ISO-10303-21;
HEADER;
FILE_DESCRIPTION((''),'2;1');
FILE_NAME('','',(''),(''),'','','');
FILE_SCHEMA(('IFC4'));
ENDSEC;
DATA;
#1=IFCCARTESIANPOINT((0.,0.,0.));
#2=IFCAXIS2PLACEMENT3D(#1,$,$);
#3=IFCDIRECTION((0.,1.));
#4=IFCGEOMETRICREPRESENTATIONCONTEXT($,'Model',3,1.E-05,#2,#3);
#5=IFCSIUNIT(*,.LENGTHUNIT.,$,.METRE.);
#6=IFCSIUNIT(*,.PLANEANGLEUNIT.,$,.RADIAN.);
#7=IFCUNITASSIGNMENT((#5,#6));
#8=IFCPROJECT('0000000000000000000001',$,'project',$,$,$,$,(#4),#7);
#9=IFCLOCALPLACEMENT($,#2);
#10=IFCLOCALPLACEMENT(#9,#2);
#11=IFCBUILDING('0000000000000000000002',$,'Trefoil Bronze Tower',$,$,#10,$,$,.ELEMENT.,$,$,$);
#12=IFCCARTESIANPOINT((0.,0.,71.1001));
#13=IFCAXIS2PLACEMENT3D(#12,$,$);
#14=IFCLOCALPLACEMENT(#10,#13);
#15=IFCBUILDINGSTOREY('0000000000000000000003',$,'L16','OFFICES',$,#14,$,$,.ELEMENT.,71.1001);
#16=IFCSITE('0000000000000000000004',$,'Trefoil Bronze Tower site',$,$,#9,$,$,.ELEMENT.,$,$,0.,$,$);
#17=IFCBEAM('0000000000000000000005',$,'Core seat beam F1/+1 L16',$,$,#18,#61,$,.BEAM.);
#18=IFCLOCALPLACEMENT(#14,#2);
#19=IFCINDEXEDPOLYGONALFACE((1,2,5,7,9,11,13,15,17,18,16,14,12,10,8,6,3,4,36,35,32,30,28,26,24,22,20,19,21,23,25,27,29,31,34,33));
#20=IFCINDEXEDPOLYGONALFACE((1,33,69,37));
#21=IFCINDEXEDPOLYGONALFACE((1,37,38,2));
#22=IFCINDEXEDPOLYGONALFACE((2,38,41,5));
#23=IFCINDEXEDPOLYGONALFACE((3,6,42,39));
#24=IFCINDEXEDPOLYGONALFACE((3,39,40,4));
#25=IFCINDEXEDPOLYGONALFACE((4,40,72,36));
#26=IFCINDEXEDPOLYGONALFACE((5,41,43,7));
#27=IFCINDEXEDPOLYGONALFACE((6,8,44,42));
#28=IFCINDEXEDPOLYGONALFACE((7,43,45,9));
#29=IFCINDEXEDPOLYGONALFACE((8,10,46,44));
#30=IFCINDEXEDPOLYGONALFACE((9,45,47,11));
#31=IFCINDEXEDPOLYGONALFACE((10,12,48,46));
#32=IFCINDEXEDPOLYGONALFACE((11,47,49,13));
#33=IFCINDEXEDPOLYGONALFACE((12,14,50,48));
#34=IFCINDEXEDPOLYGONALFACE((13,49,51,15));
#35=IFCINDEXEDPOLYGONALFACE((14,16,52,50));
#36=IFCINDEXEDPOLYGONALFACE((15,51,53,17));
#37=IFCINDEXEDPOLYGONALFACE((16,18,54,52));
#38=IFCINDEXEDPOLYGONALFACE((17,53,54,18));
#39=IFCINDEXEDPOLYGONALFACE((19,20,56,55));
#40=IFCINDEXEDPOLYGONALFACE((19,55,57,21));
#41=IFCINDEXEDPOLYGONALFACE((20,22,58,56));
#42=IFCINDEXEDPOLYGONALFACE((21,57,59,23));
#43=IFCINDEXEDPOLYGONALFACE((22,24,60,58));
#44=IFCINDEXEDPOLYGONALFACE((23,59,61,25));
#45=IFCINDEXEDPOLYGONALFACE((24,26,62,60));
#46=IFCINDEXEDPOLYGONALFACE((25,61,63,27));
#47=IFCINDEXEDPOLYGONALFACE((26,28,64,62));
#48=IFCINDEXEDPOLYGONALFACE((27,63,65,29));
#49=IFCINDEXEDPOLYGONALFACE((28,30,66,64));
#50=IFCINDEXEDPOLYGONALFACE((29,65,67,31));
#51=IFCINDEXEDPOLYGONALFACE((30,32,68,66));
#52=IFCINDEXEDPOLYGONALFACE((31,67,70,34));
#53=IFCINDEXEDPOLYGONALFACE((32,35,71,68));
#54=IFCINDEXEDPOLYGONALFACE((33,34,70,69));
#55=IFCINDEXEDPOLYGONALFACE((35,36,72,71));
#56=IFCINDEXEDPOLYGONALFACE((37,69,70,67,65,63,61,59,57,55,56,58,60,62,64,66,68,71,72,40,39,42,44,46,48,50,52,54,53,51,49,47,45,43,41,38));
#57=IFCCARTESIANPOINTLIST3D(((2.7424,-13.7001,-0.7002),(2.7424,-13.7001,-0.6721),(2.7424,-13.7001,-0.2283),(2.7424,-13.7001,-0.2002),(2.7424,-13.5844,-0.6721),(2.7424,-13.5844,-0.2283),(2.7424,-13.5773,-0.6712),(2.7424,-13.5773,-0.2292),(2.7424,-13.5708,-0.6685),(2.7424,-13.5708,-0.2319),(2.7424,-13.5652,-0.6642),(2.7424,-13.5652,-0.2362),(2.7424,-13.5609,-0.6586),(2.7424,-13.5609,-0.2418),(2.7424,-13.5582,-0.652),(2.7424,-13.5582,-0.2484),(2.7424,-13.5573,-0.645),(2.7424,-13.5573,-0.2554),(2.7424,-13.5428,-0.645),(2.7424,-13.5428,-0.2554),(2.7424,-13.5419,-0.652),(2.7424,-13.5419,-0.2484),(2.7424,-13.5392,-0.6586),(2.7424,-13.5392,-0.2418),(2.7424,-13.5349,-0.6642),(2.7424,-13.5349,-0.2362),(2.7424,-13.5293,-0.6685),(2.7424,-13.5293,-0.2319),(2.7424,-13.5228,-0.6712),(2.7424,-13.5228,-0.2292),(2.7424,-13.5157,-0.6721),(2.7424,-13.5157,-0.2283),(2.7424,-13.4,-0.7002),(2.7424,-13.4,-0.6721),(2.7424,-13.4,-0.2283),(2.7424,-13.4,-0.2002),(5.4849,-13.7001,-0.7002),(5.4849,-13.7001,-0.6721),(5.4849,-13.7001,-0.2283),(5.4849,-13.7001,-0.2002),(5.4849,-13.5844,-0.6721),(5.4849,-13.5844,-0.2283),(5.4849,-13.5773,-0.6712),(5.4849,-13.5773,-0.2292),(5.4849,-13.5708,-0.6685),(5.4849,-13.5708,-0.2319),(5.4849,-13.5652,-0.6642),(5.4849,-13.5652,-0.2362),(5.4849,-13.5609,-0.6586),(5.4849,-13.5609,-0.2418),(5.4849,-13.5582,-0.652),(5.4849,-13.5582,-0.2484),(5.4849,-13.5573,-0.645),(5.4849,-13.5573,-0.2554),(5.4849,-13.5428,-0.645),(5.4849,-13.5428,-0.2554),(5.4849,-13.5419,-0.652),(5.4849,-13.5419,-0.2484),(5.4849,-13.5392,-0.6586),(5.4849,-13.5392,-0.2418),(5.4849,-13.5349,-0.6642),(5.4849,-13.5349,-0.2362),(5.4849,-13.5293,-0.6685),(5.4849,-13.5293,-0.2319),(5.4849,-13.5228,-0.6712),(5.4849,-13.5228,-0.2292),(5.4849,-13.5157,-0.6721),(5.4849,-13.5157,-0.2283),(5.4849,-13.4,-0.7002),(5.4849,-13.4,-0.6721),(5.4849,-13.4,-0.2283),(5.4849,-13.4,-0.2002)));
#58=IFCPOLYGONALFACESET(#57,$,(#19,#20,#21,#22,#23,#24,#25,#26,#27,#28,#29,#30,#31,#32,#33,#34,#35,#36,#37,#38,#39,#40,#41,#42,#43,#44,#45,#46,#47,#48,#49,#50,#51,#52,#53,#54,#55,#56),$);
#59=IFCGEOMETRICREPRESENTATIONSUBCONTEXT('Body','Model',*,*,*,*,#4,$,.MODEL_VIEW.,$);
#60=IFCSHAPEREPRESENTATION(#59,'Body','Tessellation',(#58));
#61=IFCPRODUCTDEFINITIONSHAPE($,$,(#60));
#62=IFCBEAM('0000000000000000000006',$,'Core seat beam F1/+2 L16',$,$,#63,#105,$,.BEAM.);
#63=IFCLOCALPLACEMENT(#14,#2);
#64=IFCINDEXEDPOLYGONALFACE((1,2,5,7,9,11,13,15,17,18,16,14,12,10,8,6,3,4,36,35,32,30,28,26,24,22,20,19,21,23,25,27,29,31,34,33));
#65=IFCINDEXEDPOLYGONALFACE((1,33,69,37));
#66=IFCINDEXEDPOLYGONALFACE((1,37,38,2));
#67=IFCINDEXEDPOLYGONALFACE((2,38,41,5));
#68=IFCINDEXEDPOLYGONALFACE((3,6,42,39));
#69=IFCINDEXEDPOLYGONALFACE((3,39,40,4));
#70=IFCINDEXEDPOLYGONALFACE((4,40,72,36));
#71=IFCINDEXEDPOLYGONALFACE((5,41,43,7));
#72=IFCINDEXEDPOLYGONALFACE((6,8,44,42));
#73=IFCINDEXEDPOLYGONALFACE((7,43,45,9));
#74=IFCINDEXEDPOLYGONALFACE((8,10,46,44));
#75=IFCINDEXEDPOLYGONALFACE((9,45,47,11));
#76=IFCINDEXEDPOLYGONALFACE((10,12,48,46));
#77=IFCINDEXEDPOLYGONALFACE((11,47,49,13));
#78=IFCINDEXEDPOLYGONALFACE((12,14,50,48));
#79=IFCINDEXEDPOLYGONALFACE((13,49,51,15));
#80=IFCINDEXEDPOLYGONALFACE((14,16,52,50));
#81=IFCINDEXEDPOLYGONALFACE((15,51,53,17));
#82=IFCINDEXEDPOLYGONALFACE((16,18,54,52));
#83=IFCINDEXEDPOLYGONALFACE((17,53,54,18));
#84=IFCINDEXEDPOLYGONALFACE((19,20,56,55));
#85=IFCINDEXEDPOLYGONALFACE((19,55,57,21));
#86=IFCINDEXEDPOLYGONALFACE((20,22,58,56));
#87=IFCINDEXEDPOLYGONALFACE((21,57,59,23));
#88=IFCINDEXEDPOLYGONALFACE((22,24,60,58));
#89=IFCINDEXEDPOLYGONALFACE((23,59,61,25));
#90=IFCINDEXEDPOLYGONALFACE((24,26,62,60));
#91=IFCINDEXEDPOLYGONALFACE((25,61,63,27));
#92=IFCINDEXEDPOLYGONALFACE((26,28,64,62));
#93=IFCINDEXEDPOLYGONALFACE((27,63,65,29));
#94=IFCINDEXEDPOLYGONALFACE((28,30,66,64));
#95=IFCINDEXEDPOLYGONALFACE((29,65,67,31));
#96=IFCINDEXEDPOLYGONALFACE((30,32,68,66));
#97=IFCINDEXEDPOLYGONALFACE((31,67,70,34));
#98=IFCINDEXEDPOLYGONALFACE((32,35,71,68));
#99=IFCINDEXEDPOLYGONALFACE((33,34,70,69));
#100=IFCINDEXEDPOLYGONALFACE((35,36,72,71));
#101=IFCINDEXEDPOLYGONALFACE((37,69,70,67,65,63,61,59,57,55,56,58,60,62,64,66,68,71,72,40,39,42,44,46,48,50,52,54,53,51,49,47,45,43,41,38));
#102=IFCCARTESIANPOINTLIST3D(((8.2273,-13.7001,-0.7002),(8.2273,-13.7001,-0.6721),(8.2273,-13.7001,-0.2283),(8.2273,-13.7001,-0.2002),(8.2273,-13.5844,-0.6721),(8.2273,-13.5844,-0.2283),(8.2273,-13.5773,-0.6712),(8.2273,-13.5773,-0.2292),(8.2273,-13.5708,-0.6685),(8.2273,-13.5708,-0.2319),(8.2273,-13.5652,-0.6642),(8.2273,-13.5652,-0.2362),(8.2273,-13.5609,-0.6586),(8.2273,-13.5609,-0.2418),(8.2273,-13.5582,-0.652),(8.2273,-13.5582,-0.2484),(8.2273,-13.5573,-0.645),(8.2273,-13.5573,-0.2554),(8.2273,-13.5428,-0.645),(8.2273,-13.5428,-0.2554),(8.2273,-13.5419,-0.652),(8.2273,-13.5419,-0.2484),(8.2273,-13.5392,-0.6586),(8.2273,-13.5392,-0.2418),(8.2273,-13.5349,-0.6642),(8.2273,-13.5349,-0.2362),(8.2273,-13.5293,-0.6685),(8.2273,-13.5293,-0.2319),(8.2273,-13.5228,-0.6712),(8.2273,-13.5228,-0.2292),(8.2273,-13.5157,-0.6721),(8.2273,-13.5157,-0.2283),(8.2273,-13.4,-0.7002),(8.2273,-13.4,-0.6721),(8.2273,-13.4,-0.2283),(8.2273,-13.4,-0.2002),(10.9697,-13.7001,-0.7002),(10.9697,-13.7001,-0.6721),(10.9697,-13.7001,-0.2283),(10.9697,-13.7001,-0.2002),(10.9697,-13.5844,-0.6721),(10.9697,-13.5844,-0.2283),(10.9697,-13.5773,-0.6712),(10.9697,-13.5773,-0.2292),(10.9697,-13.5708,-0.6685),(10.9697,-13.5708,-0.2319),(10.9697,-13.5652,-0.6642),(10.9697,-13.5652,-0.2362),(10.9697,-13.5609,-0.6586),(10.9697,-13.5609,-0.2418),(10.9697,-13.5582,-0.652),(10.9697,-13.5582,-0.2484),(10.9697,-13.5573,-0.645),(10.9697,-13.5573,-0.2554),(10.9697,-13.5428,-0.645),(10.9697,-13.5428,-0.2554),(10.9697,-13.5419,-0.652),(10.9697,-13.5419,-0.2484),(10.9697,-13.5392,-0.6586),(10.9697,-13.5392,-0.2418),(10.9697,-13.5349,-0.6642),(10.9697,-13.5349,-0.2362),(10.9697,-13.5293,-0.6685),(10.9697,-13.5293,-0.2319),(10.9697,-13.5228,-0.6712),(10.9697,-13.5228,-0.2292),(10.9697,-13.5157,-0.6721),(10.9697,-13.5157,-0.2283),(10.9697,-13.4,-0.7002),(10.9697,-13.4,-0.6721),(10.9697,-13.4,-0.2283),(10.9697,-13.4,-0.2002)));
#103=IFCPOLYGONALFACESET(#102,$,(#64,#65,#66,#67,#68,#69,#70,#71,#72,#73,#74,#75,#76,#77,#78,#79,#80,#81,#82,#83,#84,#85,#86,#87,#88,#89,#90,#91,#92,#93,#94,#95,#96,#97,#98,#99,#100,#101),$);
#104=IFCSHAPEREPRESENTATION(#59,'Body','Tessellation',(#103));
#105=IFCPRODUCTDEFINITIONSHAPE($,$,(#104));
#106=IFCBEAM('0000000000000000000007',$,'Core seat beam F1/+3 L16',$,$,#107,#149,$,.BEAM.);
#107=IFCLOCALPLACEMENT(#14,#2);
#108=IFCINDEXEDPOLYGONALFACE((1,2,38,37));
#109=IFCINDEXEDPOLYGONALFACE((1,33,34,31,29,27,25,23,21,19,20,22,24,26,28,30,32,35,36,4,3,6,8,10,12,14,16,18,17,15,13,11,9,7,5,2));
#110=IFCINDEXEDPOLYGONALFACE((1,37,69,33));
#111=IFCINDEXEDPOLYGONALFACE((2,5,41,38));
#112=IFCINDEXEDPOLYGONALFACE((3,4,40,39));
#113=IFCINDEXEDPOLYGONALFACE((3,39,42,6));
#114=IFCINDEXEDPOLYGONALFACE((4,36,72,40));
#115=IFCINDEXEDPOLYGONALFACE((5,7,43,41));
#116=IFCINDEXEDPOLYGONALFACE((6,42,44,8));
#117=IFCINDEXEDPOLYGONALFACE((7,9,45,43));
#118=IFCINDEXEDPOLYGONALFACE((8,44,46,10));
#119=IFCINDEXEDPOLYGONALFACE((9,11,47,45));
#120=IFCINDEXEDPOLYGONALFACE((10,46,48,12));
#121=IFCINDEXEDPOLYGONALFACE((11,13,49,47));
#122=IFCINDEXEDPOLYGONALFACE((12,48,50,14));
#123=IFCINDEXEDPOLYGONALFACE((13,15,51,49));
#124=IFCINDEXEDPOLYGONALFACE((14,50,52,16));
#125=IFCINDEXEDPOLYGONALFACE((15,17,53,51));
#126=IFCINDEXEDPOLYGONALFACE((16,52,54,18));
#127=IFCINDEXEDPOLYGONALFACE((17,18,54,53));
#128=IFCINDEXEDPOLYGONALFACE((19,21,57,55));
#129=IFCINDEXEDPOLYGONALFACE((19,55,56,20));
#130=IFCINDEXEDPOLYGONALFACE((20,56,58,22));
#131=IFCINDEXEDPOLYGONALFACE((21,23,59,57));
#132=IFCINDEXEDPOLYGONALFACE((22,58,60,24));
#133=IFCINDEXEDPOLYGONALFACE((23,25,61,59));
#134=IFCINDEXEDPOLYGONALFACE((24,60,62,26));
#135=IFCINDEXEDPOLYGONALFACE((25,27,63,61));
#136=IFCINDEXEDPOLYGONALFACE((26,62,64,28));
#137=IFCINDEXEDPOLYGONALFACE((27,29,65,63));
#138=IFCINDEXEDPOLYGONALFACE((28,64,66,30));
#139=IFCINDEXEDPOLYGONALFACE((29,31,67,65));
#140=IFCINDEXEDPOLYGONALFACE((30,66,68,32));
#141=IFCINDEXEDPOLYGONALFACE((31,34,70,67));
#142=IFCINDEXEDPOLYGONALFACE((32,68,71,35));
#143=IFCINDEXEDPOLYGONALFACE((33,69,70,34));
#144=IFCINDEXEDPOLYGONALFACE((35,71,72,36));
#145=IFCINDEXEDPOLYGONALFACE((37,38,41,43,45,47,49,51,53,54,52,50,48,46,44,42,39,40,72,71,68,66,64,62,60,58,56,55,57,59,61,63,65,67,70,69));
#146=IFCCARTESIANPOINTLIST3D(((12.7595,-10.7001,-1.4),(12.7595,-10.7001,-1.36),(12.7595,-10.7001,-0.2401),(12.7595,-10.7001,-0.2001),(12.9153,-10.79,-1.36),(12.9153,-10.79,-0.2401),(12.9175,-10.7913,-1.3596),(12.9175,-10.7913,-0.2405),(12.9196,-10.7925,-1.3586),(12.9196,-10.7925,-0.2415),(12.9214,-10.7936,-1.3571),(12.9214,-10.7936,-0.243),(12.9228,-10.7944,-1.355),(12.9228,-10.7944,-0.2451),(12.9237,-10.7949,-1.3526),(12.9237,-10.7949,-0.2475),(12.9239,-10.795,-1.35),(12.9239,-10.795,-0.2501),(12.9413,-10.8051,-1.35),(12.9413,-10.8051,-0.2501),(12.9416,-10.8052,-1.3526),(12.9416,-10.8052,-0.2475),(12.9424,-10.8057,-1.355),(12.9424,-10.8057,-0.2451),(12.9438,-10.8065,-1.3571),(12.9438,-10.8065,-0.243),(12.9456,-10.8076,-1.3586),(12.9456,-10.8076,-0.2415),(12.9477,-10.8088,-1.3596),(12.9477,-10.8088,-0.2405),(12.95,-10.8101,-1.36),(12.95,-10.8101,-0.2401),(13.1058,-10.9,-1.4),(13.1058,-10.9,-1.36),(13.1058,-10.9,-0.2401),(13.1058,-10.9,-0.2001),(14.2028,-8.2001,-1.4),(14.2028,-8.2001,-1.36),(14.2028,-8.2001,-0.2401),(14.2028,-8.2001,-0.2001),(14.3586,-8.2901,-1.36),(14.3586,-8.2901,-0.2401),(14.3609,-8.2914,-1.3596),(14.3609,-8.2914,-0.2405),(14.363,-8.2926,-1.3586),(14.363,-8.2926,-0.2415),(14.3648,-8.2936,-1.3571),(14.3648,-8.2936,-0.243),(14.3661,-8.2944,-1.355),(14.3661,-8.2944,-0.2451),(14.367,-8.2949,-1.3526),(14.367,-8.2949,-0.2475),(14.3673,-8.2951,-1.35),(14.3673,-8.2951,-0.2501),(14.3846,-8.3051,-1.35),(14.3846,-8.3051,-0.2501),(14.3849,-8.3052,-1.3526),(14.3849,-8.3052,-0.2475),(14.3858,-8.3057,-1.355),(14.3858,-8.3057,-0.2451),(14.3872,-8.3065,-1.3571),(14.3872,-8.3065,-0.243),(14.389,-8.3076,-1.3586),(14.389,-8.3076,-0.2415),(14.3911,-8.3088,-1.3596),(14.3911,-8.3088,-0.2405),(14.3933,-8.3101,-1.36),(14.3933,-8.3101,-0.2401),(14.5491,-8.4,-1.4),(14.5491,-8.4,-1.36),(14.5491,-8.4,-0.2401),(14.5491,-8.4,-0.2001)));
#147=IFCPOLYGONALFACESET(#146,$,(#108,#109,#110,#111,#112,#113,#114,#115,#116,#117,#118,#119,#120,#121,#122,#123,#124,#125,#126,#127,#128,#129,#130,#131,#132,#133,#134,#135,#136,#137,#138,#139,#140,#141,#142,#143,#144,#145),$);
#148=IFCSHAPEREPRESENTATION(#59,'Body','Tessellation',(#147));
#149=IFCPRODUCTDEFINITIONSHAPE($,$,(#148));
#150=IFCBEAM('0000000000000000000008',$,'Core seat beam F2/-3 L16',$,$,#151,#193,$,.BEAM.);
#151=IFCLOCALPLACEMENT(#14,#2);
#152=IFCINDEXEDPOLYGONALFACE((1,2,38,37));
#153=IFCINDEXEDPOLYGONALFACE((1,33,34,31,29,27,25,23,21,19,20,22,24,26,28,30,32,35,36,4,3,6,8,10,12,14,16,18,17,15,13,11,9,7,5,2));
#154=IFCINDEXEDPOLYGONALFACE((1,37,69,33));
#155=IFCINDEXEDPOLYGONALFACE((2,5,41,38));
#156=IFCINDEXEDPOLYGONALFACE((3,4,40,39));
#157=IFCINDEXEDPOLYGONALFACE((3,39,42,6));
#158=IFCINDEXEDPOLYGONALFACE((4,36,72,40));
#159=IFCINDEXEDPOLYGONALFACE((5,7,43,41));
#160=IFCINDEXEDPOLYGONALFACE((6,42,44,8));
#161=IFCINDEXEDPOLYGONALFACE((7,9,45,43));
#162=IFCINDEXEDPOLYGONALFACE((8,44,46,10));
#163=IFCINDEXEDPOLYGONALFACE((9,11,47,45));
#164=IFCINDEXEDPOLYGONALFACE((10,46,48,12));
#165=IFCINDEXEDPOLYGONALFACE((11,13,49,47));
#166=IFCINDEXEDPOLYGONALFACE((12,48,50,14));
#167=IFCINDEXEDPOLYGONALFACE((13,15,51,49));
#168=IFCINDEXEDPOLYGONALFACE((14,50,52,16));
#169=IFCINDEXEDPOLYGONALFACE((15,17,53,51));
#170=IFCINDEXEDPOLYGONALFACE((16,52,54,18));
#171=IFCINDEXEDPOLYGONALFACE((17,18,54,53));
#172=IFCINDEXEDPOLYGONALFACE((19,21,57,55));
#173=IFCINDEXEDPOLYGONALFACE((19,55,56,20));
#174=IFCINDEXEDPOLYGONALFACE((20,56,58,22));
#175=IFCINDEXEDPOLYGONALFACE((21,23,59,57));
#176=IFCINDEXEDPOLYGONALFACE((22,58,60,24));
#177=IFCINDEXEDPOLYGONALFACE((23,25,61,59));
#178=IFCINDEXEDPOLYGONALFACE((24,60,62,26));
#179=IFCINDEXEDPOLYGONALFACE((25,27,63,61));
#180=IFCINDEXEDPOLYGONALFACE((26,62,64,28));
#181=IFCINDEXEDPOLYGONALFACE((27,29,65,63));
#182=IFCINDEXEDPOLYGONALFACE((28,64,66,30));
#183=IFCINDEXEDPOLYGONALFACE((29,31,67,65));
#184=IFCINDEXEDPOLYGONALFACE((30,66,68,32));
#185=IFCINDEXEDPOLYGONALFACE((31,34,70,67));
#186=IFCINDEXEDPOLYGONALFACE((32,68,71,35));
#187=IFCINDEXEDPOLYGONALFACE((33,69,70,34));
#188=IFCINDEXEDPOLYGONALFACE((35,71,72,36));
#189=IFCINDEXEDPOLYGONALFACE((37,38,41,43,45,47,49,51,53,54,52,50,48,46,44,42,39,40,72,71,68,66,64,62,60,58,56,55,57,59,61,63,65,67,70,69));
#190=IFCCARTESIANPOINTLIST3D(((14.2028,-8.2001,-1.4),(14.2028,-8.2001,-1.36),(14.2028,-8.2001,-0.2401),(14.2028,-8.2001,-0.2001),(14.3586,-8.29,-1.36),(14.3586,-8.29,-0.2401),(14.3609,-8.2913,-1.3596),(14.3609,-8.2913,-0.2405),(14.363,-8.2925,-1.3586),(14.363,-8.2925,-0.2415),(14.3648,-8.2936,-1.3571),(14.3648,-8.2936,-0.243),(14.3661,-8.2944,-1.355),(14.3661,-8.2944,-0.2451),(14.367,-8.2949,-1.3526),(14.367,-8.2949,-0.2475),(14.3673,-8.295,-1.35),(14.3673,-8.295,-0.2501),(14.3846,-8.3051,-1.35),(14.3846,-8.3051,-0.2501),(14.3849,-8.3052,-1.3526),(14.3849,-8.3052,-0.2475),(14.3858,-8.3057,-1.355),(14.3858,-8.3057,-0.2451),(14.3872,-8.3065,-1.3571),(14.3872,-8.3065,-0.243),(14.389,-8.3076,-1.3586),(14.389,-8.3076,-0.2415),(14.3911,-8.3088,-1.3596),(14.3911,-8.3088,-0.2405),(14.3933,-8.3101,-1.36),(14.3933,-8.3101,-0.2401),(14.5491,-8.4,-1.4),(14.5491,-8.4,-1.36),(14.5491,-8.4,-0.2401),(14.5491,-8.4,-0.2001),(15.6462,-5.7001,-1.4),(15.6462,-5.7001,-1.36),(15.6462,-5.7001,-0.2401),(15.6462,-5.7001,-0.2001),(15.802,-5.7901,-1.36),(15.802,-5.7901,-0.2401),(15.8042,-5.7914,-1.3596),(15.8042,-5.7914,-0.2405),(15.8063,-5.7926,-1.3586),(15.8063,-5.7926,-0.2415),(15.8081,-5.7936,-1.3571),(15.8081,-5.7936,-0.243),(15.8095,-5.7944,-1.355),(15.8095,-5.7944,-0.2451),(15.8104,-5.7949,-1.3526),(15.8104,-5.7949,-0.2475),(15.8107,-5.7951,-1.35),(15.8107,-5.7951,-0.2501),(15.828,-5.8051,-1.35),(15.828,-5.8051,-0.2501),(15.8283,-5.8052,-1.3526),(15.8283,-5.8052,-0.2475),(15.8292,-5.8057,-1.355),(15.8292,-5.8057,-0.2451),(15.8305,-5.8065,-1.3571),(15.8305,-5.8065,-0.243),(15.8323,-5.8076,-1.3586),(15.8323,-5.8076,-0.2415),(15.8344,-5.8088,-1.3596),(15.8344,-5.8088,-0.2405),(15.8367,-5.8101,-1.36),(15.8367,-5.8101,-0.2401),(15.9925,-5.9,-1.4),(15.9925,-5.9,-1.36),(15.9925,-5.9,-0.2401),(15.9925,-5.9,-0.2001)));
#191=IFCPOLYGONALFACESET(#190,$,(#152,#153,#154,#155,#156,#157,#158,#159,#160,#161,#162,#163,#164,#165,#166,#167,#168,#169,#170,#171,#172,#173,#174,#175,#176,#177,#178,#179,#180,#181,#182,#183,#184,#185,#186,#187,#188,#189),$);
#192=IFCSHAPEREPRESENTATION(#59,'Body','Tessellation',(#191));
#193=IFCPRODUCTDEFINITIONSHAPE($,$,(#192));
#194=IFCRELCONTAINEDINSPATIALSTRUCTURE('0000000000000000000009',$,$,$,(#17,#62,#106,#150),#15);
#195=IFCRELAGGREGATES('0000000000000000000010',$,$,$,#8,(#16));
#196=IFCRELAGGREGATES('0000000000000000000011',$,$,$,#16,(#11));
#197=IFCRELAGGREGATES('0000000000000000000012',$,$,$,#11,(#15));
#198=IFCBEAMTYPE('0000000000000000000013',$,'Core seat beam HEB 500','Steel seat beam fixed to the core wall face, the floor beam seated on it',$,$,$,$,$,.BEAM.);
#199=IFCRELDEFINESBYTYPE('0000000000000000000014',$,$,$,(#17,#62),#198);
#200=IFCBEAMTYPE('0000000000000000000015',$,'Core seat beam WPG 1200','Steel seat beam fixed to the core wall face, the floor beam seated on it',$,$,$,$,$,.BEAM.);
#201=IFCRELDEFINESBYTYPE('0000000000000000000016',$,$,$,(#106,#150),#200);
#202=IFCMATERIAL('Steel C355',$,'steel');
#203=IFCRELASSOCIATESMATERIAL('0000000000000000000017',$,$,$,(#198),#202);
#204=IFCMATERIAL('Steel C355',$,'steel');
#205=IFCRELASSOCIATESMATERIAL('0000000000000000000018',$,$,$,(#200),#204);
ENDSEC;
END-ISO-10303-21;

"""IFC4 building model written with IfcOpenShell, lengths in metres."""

from ifc_helpers import new_model, si_unit, direction, frame, origin, origin_2d, place, context, subcontext, project, spatial, i_section, extrude, material, material_profile, profile_set, type_object, element, save


model = new_model("IFC4")

# Units and contexts
model_context = context("Model", 3, precision=1e-05, world=origin(), true_north=direction((0.0, 1.0)))
body_context = subcontext(model_context, "Body", "Model", "MODEL_VIEW")
ifc_project = project(units=[si_unit("LENGTHUNIT", "METRE"), si_unit("PLANEANGLEUNIT", "RADIAN")], contexts=[model_context])

# Site, building, storey
site_placement = place(None, origin())
site = spatial("IfcSite", under=ifc_project, at=site_placement, Name="Trefoil Bronze Tower site", CompositionType="ELEMENT", RefElevation=0.0)
building_placement = place(site_placement, origin())
building = spatial("IfcBuilding", under=site, at=building_placement, Name="Trefoil Bronze Tower", CompositionType="ELEMENT")
storey_placement = place(building_placement, frame((0.0, 0.0, 71.1001)))
storey = spatial("IfcBuildingStorey", under=building, at=storey_placement, Name="L16", Description="OFFICES", CompositionType="ELEMENT", Elevation=71.1001)

# Beams
ifc_material_1 = material(Name="Steel C355", Category="steel")
ifc_material_profile_1 = material_profile(ifc_material_1, i_section(OverallWidth=0.3, OverallDepth=0.5, WebThickness=0.0144, FlangeThickness=0.0281, FilletRadius=0.0271, at=origin_2d()), Name="HEB 500")
ifc_profile_set_1 = profile_set([ifc_material_profile_1], Name="Steel C355")
beam_type_1 = type_object("IfcBeamType", Name="Core seat beam HEB 500", Description="Steel seat beam fixed to the core wall face, the floor beam seated on it", PredefinedType="BEAM", material=ifc_profile_set_1)
for number, where, z_axis, x_axis, name in (
    (1, (2.7424, -13.55, -0.4502), (1.0, 0.0, 0.0), (0.0, 1.0, 0.0), "Core seat beam F1/+1 L16"),
    (2, (8.2273, -13.55, -0.4502), (1.0, 0.0, 0.0), (0.0, 1.0, 0.0), "Core seat beam F1/+2 L16"),
):
    element("IfcBeam", number, at=place(storey_placement, frame(where, z_axis=z_axis, x_axis=x_axis)), inside=storey, type_object=beam_type_1, Name=name, PredefinedType="BEAM", context=body_context, shape_type="SweptSolid", body=[
        extrude(i_section(OverallWidth=0.3, OverallDepth=0.5, WebThickness=0.0144, FlangeThickness=0.0281, FilletRadius=0.0271, at=origin_2d()), origin(), (0.0, 0.0, 1.0), 2.7424),
    ])
ifc_material_2 = material(Name="Steel C355", Category="steel")
ifc_material_profile_2 = material_profile(ifc_material_2, i_section(OverallWidth=0.3999, OverallDepth=1.2, WebThickness=0.02, FlangeThickness=0.04, FilletRadius=0.01, at=origin_2d()), Name="WPG 1200")
ifc_profile_set_2 = profile_set([ifc_material_profile_2], Name="Steel C355")
beam_type_2 = type_object("IfcBeamType", Name="Core seat beam WPG 1200", Description="Steel seat beam fixed to the core wall face, the floor beam seated on it", PredefinedType="BEAM", material=ifc_profile_set_2)
for number, where, z_axis, x_axis, name in (
    (3, (12.9326, -10.8, -0.8), (0.499996, 0.866028, 0.0), (-0.866028, 0.499996, 0.0), "Core seat beam F1/+3 L16"),
    (4, (14.376, -8.3, -0.8), (0.499996, 0.866028, 0.0), (-0.866028, 0.499996, 0.0), "Core seat beam F2/-3 L16"),
):
    element("IfcBeam", number, at=place(storey_placement, frame(where, z_axis=z_axis, x_axis=x_axis)), inside=storey, type_object=beam_type_2, Name=name, PredefinedType="BEAM", context=body_context, shape_type="SweptSolid", body=[
        extrude(i_section(OverallWidth=0.3999, OverallDepth=1.2, WebThickness=0.02, FlangeThickness=0.04, FilletRadius=0.01, at=origin_2d()), origin(), (0.0, 0.0, 1.0), 2.8867),
    ])

save(model, "model.ifc")
